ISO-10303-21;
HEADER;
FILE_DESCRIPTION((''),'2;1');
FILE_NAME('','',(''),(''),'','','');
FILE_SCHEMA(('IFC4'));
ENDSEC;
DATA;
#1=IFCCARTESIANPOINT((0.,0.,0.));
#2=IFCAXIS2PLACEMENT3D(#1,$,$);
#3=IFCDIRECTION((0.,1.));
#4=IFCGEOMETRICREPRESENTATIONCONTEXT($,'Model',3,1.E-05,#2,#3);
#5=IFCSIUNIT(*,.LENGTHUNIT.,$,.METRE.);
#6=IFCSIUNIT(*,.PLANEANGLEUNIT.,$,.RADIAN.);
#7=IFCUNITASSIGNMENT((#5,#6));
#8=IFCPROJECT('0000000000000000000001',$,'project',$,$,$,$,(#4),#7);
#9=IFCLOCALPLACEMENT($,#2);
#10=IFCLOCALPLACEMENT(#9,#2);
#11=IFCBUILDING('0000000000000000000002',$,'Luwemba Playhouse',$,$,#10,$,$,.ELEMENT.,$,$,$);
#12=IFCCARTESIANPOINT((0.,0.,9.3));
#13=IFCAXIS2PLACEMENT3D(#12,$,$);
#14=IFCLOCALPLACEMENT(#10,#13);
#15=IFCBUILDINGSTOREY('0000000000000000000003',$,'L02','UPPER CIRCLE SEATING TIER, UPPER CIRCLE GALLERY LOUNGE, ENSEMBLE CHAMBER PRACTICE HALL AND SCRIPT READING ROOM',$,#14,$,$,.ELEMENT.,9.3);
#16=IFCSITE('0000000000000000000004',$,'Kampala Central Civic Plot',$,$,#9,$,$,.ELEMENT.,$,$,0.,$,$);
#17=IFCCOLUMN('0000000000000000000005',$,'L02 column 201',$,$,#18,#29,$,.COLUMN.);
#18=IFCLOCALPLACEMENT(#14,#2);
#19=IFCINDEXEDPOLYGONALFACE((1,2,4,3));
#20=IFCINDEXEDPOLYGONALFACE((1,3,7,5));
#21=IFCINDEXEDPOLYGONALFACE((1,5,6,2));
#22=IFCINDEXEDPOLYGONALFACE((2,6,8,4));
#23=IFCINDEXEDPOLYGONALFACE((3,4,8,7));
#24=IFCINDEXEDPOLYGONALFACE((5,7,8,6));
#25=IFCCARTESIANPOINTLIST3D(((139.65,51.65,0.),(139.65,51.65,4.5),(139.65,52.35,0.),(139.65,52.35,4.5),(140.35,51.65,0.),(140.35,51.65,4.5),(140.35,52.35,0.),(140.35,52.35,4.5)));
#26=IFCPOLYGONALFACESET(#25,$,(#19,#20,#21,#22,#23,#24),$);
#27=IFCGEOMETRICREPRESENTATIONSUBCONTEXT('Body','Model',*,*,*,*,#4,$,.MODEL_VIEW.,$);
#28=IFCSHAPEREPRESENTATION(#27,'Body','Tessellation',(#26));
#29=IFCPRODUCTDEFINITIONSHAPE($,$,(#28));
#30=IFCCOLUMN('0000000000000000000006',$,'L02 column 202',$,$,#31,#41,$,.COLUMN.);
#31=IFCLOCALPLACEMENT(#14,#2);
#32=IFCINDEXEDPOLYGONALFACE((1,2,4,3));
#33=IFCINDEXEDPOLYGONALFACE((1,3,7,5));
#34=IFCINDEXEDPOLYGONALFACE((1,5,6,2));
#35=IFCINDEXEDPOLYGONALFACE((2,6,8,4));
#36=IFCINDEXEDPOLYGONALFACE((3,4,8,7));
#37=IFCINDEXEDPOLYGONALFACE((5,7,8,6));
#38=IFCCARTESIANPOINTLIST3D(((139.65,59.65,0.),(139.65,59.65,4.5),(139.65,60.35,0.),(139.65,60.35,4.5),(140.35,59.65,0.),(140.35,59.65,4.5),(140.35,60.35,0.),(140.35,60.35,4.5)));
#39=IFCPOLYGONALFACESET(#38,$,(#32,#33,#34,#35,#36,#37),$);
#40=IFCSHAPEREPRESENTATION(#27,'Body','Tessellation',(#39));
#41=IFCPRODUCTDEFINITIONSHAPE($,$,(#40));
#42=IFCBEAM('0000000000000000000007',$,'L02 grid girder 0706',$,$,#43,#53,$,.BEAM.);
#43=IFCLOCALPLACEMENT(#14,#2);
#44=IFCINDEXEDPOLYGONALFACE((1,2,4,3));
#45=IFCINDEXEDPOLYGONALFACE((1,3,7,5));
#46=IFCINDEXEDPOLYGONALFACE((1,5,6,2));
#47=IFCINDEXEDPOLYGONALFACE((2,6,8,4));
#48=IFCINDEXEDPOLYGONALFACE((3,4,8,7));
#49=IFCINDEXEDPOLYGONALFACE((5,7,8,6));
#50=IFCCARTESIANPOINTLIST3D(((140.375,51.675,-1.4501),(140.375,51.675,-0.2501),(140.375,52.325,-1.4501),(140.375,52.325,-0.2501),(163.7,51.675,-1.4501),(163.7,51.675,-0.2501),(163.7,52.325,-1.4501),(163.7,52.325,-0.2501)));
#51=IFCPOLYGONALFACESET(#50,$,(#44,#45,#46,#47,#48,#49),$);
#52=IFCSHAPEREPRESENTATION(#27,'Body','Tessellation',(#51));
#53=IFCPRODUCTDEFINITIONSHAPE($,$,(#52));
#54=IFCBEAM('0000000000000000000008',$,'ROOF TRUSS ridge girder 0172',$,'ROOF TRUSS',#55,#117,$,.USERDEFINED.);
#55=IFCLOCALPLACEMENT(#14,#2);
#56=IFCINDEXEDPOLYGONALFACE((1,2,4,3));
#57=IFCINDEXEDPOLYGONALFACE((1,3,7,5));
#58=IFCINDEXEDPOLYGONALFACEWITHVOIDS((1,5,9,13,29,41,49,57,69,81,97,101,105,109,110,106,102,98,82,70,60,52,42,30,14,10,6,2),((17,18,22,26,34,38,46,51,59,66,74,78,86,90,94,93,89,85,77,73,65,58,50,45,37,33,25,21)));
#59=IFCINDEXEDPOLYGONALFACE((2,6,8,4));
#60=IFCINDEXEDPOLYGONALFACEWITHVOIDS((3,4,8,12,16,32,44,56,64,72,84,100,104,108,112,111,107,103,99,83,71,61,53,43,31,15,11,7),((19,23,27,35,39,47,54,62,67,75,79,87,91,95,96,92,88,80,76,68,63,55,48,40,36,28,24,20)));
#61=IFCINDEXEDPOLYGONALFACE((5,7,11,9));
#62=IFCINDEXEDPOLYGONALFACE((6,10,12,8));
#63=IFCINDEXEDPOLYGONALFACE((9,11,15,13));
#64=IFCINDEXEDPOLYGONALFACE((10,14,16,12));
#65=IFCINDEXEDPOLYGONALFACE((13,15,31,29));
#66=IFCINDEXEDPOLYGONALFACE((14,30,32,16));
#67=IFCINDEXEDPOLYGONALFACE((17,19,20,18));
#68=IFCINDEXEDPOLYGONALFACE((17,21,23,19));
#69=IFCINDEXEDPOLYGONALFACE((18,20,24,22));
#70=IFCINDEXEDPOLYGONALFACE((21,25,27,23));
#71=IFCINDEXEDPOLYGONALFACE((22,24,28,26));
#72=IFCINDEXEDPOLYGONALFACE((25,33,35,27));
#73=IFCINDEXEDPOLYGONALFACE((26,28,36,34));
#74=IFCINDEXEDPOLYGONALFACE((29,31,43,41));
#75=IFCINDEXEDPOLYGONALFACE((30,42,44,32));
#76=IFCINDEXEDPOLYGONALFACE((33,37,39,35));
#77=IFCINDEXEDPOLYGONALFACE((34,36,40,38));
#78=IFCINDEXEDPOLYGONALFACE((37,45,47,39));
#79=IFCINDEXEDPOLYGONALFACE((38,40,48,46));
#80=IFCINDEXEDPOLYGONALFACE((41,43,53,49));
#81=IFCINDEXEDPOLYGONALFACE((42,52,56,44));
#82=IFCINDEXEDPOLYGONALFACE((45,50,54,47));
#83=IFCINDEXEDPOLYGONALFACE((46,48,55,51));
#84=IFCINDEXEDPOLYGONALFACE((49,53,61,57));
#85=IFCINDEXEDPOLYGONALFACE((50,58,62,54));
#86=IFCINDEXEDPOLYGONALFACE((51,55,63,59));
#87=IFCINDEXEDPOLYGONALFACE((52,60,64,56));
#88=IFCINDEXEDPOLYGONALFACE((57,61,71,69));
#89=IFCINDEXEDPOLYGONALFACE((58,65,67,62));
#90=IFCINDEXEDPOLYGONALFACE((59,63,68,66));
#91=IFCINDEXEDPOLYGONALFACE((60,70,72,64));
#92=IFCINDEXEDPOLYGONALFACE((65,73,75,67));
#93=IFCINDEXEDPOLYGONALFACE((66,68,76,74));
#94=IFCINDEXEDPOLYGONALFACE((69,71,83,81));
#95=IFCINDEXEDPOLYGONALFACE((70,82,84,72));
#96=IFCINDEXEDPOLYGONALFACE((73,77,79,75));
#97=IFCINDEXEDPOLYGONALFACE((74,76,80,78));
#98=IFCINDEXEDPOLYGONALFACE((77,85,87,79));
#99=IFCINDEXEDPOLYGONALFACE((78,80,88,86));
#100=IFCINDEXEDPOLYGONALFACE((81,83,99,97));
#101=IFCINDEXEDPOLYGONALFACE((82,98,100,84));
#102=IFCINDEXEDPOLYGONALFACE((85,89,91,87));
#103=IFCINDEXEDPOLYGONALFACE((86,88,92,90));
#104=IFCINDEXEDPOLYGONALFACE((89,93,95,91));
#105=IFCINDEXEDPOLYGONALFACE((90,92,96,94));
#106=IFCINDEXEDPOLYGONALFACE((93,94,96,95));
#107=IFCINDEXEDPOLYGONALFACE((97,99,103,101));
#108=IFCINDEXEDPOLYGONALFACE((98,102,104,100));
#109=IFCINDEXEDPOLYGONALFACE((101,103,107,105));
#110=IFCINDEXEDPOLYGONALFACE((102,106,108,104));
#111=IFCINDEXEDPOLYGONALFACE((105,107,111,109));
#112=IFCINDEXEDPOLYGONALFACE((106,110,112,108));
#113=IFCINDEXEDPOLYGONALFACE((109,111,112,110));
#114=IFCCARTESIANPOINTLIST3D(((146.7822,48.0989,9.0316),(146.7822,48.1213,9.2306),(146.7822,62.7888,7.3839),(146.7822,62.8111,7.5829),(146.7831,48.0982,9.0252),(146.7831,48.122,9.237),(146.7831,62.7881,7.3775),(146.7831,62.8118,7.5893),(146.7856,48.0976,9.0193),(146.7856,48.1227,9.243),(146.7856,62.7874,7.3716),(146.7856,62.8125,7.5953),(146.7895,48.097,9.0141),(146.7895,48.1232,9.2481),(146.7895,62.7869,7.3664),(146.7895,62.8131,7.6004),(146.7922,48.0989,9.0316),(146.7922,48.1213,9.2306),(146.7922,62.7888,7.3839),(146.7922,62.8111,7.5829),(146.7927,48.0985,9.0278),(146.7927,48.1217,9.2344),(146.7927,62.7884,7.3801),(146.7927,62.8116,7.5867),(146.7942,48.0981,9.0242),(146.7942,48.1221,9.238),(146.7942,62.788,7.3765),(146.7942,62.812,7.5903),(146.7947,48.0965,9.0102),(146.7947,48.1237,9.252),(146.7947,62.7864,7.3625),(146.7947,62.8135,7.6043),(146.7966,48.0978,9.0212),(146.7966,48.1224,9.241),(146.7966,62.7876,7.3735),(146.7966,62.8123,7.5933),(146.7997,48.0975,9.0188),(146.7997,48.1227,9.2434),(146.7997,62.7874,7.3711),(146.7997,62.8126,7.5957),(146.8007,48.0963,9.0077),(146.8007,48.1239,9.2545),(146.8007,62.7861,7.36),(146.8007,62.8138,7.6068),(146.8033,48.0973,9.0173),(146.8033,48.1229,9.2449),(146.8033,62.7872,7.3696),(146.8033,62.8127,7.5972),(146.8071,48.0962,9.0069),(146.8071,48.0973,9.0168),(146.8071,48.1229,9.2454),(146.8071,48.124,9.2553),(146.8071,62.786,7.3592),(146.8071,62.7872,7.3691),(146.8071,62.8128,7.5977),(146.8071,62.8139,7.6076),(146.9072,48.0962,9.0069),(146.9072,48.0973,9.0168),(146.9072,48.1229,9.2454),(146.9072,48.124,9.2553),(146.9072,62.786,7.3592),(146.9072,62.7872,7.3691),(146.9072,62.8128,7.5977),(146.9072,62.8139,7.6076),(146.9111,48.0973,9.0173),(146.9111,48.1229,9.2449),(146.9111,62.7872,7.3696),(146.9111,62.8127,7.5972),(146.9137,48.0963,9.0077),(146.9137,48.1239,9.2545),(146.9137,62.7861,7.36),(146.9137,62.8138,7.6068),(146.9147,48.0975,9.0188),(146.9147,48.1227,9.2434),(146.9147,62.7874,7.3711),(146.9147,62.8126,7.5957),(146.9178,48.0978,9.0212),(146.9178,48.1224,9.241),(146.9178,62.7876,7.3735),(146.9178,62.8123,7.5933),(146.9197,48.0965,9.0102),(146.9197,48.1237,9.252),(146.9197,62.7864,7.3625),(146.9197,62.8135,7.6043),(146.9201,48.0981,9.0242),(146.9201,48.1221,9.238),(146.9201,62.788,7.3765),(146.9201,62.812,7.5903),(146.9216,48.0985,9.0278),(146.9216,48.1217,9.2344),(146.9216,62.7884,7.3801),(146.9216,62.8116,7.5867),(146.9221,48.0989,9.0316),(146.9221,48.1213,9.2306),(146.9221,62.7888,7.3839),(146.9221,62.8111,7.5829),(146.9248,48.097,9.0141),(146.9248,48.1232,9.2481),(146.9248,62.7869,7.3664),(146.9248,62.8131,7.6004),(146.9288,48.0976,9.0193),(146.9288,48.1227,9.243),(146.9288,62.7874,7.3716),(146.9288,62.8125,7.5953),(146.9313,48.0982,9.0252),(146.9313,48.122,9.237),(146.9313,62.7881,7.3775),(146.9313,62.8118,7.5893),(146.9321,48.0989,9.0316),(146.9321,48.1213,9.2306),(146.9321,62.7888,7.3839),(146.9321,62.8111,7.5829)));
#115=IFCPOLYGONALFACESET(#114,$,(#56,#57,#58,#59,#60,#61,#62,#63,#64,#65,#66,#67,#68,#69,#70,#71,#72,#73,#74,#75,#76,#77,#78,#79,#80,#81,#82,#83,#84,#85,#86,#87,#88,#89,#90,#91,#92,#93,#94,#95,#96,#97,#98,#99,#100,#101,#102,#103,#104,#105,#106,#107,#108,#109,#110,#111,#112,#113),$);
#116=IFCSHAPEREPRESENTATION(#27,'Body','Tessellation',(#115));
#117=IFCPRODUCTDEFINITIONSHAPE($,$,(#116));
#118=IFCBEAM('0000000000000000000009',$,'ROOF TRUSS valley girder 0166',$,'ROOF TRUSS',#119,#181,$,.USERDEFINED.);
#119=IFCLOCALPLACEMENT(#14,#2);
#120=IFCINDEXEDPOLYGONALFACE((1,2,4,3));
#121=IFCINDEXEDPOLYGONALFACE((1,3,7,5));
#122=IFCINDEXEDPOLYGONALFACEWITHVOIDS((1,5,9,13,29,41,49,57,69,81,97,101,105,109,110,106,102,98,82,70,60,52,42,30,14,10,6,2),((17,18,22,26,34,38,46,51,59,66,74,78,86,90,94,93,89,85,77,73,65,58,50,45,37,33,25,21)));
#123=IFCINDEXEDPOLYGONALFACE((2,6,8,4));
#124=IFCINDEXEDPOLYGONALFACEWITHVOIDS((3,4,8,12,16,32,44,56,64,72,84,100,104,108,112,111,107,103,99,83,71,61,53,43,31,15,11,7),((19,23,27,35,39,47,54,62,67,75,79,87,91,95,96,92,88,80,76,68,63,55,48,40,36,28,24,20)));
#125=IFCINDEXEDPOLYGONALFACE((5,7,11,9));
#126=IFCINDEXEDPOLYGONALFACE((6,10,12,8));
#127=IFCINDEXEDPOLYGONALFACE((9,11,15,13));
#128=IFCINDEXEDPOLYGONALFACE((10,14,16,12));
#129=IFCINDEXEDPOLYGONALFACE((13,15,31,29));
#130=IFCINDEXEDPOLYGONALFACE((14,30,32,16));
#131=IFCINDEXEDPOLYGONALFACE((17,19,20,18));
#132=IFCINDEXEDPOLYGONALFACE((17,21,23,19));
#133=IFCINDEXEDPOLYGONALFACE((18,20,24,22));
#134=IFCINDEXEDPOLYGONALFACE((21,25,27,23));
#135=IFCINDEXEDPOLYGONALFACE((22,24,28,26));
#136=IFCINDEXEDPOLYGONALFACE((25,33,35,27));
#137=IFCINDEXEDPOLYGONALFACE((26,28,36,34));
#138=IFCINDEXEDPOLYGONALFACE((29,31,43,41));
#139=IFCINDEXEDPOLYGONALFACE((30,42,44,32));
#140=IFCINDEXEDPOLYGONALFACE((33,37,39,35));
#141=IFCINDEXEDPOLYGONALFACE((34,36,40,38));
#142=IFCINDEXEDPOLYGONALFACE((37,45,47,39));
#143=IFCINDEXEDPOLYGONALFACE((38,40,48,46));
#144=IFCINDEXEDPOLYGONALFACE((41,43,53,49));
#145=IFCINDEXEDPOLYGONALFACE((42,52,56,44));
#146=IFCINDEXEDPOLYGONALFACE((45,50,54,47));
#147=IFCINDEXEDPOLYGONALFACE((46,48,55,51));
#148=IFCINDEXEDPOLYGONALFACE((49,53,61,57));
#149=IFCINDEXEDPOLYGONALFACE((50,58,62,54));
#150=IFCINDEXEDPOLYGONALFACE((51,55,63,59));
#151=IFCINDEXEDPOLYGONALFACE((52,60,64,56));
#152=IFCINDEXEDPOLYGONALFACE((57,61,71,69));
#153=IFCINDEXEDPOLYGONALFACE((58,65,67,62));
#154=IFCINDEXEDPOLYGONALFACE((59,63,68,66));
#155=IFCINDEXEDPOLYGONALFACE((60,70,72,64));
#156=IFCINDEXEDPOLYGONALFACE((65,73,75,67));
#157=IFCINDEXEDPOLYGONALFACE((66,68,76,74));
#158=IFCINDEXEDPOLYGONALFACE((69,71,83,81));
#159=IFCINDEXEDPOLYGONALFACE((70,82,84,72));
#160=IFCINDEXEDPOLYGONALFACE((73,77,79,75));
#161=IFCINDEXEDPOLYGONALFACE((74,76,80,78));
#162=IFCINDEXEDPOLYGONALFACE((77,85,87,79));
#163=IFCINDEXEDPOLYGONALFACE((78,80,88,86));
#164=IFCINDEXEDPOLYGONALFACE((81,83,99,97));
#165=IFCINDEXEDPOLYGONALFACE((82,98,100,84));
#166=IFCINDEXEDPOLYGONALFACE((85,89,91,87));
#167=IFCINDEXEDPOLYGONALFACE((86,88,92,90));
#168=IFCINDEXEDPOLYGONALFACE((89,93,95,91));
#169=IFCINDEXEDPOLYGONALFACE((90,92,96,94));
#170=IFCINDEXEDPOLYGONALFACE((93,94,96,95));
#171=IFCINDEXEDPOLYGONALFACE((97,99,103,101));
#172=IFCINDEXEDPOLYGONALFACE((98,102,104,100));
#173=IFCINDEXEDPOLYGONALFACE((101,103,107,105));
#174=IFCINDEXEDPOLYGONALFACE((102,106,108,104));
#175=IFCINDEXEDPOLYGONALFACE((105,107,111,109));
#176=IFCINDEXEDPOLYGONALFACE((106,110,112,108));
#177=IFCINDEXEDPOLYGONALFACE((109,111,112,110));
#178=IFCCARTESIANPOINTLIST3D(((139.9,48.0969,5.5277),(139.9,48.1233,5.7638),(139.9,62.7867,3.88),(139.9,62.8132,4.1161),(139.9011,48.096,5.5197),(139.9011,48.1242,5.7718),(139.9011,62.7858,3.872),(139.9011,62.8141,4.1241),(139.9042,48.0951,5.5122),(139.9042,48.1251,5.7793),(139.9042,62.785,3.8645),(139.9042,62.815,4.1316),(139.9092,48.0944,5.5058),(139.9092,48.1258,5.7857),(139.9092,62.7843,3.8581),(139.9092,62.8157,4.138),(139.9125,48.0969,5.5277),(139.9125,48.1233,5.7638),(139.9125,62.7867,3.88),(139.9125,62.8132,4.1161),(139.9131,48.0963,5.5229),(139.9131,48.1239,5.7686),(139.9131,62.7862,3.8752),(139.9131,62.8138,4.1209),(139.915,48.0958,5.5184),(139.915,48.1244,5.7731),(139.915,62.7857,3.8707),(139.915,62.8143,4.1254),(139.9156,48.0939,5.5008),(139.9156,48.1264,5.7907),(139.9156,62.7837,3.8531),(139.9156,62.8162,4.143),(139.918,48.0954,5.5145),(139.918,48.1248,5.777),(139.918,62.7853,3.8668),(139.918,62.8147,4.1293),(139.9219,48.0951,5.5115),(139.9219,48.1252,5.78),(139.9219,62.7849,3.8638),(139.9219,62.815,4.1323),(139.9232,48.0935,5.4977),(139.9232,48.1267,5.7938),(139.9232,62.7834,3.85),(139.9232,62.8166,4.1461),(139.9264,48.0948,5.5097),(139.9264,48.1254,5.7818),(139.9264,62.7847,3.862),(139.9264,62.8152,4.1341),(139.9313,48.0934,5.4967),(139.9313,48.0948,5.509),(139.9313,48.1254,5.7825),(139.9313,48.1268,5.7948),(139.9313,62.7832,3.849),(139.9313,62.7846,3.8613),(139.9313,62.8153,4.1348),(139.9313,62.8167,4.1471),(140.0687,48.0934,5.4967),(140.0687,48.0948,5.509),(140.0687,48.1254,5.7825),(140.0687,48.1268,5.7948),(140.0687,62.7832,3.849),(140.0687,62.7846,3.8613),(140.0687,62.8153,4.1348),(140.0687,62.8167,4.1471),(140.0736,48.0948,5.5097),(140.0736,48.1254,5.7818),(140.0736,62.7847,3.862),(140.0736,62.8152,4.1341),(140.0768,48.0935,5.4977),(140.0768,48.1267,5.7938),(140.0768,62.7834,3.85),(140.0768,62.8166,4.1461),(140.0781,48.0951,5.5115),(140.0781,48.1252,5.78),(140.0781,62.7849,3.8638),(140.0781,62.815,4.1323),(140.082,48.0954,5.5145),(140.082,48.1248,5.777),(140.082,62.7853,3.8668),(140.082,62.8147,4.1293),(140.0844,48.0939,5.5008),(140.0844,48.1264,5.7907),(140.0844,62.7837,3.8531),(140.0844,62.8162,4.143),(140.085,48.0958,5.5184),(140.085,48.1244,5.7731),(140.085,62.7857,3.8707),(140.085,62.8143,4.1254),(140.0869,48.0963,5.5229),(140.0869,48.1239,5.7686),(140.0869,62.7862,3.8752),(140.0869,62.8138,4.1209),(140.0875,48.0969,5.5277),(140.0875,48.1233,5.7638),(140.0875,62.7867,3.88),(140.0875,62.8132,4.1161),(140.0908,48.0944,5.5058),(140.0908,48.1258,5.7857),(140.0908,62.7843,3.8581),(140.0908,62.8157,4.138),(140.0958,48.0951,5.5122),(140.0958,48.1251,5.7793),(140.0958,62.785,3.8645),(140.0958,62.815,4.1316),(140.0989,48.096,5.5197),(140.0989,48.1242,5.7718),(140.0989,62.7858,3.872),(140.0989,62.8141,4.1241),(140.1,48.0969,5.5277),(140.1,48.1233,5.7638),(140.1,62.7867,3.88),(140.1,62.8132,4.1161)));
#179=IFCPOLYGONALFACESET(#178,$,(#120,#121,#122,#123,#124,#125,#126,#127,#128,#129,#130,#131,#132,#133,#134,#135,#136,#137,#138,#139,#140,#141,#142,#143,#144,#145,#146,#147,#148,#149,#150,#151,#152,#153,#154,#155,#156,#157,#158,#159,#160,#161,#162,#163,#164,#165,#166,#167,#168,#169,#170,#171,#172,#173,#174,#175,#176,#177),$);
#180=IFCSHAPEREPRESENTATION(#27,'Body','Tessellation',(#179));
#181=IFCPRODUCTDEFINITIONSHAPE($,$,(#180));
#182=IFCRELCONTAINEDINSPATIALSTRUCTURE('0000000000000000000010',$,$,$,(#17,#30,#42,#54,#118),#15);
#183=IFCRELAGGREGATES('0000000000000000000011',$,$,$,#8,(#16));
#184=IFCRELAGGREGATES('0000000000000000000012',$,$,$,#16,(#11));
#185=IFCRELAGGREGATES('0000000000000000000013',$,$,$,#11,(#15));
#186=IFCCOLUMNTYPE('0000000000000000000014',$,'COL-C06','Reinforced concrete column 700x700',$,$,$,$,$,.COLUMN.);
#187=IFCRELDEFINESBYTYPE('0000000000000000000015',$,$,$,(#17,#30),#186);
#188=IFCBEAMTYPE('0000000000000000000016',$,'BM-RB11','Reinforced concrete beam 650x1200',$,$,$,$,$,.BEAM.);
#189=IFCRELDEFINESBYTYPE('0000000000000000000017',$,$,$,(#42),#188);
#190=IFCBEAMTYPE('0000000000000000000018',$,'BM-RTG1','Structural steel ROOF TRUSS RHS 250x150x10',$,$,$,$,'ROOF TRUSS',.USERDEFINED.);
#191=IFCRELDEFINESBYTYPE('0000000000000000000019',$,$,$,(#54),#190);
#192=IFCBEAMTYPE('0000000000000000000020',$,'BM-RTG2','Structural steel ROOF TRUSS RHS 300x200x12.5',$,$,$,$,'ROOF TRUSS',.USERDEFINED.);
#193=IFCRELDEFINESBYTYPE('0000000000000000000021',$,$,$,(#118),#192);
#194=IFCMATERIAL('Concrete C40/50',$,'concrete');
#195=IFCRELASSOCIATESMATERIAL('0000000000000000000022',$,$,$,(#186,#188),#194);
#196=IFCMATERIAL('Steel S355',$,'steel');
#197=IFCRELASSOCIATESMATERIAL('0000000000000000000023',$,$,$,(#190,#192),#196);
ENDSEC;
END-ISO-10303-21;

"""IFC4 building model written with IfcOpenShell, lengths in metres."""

from ifc_helpers import new_model, si_unit, direction, frame, origin, origin_2d, place, context, subcontext, project, spatial, rectangle, hollow_rectangle, extrude, material, material_profile, profile_set, type_object, element, save


model = new_model("IFC4")

# Units and contexts
model_context = context("Model", 3, precision=1e-05, world=origin(), true_north=direction((0.0, 1.0)))
body_context = subcontext(model_context, "Body", "Model", "MODEL_VIEW")
ifc_project = project(units=[si_unit("LENGTHUNIT", "METRE"), si_unit("PLANEANGLEUNIT", "RADIAN")], contexts=[model_context])

# Site, building, storey
site_placement = place(None, origin())
site = spatial("IfcSite", under=ifc_project, at=site_placement, Name="Kampala Central Civic Plot", CompositionType="ELEMENT", RefElevation=0.0)
building_placement = place(site_placement, origin())
building = spatial("IfcBuilding", under=site, at=building_placement, Name="Luwemba Playhouse", CompositionType="ELEMENT")
storey_placement = place(building_placement, frame((0.0, 0.0, 9.3)))
storey = spatial("IfcBuildingStorey", under=building, at=storey_placement, Name="L02", Description="UPPER CIRCLE SEATING TIER, UPPER CIRCLE GALLERY LOUNGE, ENSEMBLE CHAMBER PRACTICE HALL AND SCRIPT READING ROOM", CompositionType="ELEMENT", Elevation=9.3)

# Columns
ifc_material_1 = material(Name="Concrete C40/50", Category="concrete")
ifc_material_profile_1 = material_profile(ifc_material_1, rectangle(XDim=0.7, YDim=0.7, at=origin_2d()))
ifc_profile_set_1 = profile_set([ifc_material_profile_1], Name="Concrete C40/50")
column_type = type_object("IfcColumnType", Name="COL-C06", Description="Reinforced concrete column 700x700", PredefinedType="COLUMN", material=ifc_profile_set_1)
for number, where, z_axis, x_axis, name in (
    (1, (140.0, 52.0, 0.0), (0.0, 0.0, 1.0), (1.0, 0.0, 0.0), "L02 column 201"),
    (2, (140.0, 60.0, 0.0), (0.0, 0.0, 1.0), (1.0, 0.0, 0.0), "L02 column 202"),
):
    element("IfcColumn", number, at=place(storey_placement, frame(where, z_axis=z_axis, x_axis=x_axis)), inside=storey, type_object=column_type, Name=name, PredefinedType="COLUMN", context=body_context, shape_type="SweptSolid", body=[
        extrude(rectangle(XDim=0.7, YDim=0.7, at=origin_2d()), origin(), (0.0, 0.0, 1.0), 4.5),
    ])

# Beams
ifc_material_profile_2 = material_profile(ifc_material_1, rectangle(XDim=0.6499, YDim=1.2, at=origin_2d()))
ifc_profile_set_2 = profile_set([ifc_material_profile_2], Name="Concrete C40/50")
beam_type_1 = type_object("IfcBeamType", Name="BM-RB11", Description="Reinforced concrete beam 650x1200", PredefinedType="BEAM", material=ifc_profile_set_2)
beam_1_placement = place(storey_placement, frame((140.375, 52.0, -0.8501), z_axis=(1.0, 0.0, 0.0), x_axis=(0.0, 1.0, 0.0)))
element("IfcBeam", 3, at=beam_1_placement, inside=storey, type_object=beam_type_1, Name="L02 grid girder 0706", PredefinedType="BEAM", context=body_context, shape_type="SweptSolid", body=[
    extrude(rectangle(XDim=0.6499, YDim=1.2, at=origin_2d()), origin(), (0.0, 0.0, 1.0), 23.325),
])
ifc_material_2 = material(Name="Steel S355", Category="steel")
ifc_material_profile_3 = material_profile(ifc_material_2, hollow_rectangle(XDim=0.1499, YDim=0.25, WallThickness=0.01, InnerFilletRadius=0.0149, OuterFilletRadius=0.0249, at=origin_2d()))
ifc_profile_set_3 = profile_set([ifc_material_profile_3], Name="Steel S355")
beam_type_2 = type_object("IfcBeamType", Name="BM-RTG1", Description="Structural steel ROOF TRUSS RHS 250x150x10", ElementType="ROOF TRUSS", PredefinedType="USERDEFINED", material=ifc_profile_set_3)
beam_2_placement = place(storey_placement, frame((146.8572, 48.1101, 9.1311), z_axis=(0.0, 0.993768, -0.111467), x_axis=(-1.0, 0.0, 0.0)))
element("IfcBeam", 4, at=beam_2_placement, inside=storey, type_object=beam_type_2, Name="ROOF TRUSS ridge girder 0172", ObjectType="ROOF TRUSS", PredefinedType="USERDEFINED", context=body_context, shape_type="SweptSolid", body=[
    extrude(hollow_rectangle(XDim=0.1499, YDim=0.25, WallThickness=0.01, InnerFilletRadius=0.0149, OuterFilletRadius=0.0249, at=origin_2d()), origin(), (0.0, 0.0, 1.0), 14.782),
])
ifc_material_profile_4 = material_profile(ifc_material_2, hollow_rectangle(XDim=0.2, YDim=0.3, WallThickness=0.0125, InnerFilletRadius=0.0188, OuterFilletRadius=0.0312, at=origin_2d()))
ifc_profile_set_4 = profile_set([ifc_material_profile_4], Name="Steel S355")
beam_type_3 = type_object("IfcBeamType", Name="BM-RTG2", Description="Structural steel ROOF TRUSS RHS 300x200x12.5", ElementType="ROOF TRUSS", PredefinedType="USERDEFINED", material=ifc_profile_set_4)
beam_3_placement = place(storey_placement, frame((140.0, 48.1101, 5.6458), z_axis=(0.0, 0.993768, -0.111467), x_axis=(-1.0, 0.0, 0.0)))
element("IfcBeam", 5, at=beam_3_placement, inside=storey, type_object=beam_type_3, Name="ROOF TRUSS valley girder 0166", ObjectType="ROOF TRUSS", PredefinedType="USERDEFINED", context=body_context, shape_type="SweptSolid", body=[
    extrude(hollow_rectangle(XDim=0.2, YDim=0.3, WallThickness=0.0125, InnerFilletRadius=0.0188, OuterFilletRadius=0.0312, at=origin_2d()), origin(), (0.0, 0.0, 1.0), 14.782),
])

save(model, "model.ifc")
